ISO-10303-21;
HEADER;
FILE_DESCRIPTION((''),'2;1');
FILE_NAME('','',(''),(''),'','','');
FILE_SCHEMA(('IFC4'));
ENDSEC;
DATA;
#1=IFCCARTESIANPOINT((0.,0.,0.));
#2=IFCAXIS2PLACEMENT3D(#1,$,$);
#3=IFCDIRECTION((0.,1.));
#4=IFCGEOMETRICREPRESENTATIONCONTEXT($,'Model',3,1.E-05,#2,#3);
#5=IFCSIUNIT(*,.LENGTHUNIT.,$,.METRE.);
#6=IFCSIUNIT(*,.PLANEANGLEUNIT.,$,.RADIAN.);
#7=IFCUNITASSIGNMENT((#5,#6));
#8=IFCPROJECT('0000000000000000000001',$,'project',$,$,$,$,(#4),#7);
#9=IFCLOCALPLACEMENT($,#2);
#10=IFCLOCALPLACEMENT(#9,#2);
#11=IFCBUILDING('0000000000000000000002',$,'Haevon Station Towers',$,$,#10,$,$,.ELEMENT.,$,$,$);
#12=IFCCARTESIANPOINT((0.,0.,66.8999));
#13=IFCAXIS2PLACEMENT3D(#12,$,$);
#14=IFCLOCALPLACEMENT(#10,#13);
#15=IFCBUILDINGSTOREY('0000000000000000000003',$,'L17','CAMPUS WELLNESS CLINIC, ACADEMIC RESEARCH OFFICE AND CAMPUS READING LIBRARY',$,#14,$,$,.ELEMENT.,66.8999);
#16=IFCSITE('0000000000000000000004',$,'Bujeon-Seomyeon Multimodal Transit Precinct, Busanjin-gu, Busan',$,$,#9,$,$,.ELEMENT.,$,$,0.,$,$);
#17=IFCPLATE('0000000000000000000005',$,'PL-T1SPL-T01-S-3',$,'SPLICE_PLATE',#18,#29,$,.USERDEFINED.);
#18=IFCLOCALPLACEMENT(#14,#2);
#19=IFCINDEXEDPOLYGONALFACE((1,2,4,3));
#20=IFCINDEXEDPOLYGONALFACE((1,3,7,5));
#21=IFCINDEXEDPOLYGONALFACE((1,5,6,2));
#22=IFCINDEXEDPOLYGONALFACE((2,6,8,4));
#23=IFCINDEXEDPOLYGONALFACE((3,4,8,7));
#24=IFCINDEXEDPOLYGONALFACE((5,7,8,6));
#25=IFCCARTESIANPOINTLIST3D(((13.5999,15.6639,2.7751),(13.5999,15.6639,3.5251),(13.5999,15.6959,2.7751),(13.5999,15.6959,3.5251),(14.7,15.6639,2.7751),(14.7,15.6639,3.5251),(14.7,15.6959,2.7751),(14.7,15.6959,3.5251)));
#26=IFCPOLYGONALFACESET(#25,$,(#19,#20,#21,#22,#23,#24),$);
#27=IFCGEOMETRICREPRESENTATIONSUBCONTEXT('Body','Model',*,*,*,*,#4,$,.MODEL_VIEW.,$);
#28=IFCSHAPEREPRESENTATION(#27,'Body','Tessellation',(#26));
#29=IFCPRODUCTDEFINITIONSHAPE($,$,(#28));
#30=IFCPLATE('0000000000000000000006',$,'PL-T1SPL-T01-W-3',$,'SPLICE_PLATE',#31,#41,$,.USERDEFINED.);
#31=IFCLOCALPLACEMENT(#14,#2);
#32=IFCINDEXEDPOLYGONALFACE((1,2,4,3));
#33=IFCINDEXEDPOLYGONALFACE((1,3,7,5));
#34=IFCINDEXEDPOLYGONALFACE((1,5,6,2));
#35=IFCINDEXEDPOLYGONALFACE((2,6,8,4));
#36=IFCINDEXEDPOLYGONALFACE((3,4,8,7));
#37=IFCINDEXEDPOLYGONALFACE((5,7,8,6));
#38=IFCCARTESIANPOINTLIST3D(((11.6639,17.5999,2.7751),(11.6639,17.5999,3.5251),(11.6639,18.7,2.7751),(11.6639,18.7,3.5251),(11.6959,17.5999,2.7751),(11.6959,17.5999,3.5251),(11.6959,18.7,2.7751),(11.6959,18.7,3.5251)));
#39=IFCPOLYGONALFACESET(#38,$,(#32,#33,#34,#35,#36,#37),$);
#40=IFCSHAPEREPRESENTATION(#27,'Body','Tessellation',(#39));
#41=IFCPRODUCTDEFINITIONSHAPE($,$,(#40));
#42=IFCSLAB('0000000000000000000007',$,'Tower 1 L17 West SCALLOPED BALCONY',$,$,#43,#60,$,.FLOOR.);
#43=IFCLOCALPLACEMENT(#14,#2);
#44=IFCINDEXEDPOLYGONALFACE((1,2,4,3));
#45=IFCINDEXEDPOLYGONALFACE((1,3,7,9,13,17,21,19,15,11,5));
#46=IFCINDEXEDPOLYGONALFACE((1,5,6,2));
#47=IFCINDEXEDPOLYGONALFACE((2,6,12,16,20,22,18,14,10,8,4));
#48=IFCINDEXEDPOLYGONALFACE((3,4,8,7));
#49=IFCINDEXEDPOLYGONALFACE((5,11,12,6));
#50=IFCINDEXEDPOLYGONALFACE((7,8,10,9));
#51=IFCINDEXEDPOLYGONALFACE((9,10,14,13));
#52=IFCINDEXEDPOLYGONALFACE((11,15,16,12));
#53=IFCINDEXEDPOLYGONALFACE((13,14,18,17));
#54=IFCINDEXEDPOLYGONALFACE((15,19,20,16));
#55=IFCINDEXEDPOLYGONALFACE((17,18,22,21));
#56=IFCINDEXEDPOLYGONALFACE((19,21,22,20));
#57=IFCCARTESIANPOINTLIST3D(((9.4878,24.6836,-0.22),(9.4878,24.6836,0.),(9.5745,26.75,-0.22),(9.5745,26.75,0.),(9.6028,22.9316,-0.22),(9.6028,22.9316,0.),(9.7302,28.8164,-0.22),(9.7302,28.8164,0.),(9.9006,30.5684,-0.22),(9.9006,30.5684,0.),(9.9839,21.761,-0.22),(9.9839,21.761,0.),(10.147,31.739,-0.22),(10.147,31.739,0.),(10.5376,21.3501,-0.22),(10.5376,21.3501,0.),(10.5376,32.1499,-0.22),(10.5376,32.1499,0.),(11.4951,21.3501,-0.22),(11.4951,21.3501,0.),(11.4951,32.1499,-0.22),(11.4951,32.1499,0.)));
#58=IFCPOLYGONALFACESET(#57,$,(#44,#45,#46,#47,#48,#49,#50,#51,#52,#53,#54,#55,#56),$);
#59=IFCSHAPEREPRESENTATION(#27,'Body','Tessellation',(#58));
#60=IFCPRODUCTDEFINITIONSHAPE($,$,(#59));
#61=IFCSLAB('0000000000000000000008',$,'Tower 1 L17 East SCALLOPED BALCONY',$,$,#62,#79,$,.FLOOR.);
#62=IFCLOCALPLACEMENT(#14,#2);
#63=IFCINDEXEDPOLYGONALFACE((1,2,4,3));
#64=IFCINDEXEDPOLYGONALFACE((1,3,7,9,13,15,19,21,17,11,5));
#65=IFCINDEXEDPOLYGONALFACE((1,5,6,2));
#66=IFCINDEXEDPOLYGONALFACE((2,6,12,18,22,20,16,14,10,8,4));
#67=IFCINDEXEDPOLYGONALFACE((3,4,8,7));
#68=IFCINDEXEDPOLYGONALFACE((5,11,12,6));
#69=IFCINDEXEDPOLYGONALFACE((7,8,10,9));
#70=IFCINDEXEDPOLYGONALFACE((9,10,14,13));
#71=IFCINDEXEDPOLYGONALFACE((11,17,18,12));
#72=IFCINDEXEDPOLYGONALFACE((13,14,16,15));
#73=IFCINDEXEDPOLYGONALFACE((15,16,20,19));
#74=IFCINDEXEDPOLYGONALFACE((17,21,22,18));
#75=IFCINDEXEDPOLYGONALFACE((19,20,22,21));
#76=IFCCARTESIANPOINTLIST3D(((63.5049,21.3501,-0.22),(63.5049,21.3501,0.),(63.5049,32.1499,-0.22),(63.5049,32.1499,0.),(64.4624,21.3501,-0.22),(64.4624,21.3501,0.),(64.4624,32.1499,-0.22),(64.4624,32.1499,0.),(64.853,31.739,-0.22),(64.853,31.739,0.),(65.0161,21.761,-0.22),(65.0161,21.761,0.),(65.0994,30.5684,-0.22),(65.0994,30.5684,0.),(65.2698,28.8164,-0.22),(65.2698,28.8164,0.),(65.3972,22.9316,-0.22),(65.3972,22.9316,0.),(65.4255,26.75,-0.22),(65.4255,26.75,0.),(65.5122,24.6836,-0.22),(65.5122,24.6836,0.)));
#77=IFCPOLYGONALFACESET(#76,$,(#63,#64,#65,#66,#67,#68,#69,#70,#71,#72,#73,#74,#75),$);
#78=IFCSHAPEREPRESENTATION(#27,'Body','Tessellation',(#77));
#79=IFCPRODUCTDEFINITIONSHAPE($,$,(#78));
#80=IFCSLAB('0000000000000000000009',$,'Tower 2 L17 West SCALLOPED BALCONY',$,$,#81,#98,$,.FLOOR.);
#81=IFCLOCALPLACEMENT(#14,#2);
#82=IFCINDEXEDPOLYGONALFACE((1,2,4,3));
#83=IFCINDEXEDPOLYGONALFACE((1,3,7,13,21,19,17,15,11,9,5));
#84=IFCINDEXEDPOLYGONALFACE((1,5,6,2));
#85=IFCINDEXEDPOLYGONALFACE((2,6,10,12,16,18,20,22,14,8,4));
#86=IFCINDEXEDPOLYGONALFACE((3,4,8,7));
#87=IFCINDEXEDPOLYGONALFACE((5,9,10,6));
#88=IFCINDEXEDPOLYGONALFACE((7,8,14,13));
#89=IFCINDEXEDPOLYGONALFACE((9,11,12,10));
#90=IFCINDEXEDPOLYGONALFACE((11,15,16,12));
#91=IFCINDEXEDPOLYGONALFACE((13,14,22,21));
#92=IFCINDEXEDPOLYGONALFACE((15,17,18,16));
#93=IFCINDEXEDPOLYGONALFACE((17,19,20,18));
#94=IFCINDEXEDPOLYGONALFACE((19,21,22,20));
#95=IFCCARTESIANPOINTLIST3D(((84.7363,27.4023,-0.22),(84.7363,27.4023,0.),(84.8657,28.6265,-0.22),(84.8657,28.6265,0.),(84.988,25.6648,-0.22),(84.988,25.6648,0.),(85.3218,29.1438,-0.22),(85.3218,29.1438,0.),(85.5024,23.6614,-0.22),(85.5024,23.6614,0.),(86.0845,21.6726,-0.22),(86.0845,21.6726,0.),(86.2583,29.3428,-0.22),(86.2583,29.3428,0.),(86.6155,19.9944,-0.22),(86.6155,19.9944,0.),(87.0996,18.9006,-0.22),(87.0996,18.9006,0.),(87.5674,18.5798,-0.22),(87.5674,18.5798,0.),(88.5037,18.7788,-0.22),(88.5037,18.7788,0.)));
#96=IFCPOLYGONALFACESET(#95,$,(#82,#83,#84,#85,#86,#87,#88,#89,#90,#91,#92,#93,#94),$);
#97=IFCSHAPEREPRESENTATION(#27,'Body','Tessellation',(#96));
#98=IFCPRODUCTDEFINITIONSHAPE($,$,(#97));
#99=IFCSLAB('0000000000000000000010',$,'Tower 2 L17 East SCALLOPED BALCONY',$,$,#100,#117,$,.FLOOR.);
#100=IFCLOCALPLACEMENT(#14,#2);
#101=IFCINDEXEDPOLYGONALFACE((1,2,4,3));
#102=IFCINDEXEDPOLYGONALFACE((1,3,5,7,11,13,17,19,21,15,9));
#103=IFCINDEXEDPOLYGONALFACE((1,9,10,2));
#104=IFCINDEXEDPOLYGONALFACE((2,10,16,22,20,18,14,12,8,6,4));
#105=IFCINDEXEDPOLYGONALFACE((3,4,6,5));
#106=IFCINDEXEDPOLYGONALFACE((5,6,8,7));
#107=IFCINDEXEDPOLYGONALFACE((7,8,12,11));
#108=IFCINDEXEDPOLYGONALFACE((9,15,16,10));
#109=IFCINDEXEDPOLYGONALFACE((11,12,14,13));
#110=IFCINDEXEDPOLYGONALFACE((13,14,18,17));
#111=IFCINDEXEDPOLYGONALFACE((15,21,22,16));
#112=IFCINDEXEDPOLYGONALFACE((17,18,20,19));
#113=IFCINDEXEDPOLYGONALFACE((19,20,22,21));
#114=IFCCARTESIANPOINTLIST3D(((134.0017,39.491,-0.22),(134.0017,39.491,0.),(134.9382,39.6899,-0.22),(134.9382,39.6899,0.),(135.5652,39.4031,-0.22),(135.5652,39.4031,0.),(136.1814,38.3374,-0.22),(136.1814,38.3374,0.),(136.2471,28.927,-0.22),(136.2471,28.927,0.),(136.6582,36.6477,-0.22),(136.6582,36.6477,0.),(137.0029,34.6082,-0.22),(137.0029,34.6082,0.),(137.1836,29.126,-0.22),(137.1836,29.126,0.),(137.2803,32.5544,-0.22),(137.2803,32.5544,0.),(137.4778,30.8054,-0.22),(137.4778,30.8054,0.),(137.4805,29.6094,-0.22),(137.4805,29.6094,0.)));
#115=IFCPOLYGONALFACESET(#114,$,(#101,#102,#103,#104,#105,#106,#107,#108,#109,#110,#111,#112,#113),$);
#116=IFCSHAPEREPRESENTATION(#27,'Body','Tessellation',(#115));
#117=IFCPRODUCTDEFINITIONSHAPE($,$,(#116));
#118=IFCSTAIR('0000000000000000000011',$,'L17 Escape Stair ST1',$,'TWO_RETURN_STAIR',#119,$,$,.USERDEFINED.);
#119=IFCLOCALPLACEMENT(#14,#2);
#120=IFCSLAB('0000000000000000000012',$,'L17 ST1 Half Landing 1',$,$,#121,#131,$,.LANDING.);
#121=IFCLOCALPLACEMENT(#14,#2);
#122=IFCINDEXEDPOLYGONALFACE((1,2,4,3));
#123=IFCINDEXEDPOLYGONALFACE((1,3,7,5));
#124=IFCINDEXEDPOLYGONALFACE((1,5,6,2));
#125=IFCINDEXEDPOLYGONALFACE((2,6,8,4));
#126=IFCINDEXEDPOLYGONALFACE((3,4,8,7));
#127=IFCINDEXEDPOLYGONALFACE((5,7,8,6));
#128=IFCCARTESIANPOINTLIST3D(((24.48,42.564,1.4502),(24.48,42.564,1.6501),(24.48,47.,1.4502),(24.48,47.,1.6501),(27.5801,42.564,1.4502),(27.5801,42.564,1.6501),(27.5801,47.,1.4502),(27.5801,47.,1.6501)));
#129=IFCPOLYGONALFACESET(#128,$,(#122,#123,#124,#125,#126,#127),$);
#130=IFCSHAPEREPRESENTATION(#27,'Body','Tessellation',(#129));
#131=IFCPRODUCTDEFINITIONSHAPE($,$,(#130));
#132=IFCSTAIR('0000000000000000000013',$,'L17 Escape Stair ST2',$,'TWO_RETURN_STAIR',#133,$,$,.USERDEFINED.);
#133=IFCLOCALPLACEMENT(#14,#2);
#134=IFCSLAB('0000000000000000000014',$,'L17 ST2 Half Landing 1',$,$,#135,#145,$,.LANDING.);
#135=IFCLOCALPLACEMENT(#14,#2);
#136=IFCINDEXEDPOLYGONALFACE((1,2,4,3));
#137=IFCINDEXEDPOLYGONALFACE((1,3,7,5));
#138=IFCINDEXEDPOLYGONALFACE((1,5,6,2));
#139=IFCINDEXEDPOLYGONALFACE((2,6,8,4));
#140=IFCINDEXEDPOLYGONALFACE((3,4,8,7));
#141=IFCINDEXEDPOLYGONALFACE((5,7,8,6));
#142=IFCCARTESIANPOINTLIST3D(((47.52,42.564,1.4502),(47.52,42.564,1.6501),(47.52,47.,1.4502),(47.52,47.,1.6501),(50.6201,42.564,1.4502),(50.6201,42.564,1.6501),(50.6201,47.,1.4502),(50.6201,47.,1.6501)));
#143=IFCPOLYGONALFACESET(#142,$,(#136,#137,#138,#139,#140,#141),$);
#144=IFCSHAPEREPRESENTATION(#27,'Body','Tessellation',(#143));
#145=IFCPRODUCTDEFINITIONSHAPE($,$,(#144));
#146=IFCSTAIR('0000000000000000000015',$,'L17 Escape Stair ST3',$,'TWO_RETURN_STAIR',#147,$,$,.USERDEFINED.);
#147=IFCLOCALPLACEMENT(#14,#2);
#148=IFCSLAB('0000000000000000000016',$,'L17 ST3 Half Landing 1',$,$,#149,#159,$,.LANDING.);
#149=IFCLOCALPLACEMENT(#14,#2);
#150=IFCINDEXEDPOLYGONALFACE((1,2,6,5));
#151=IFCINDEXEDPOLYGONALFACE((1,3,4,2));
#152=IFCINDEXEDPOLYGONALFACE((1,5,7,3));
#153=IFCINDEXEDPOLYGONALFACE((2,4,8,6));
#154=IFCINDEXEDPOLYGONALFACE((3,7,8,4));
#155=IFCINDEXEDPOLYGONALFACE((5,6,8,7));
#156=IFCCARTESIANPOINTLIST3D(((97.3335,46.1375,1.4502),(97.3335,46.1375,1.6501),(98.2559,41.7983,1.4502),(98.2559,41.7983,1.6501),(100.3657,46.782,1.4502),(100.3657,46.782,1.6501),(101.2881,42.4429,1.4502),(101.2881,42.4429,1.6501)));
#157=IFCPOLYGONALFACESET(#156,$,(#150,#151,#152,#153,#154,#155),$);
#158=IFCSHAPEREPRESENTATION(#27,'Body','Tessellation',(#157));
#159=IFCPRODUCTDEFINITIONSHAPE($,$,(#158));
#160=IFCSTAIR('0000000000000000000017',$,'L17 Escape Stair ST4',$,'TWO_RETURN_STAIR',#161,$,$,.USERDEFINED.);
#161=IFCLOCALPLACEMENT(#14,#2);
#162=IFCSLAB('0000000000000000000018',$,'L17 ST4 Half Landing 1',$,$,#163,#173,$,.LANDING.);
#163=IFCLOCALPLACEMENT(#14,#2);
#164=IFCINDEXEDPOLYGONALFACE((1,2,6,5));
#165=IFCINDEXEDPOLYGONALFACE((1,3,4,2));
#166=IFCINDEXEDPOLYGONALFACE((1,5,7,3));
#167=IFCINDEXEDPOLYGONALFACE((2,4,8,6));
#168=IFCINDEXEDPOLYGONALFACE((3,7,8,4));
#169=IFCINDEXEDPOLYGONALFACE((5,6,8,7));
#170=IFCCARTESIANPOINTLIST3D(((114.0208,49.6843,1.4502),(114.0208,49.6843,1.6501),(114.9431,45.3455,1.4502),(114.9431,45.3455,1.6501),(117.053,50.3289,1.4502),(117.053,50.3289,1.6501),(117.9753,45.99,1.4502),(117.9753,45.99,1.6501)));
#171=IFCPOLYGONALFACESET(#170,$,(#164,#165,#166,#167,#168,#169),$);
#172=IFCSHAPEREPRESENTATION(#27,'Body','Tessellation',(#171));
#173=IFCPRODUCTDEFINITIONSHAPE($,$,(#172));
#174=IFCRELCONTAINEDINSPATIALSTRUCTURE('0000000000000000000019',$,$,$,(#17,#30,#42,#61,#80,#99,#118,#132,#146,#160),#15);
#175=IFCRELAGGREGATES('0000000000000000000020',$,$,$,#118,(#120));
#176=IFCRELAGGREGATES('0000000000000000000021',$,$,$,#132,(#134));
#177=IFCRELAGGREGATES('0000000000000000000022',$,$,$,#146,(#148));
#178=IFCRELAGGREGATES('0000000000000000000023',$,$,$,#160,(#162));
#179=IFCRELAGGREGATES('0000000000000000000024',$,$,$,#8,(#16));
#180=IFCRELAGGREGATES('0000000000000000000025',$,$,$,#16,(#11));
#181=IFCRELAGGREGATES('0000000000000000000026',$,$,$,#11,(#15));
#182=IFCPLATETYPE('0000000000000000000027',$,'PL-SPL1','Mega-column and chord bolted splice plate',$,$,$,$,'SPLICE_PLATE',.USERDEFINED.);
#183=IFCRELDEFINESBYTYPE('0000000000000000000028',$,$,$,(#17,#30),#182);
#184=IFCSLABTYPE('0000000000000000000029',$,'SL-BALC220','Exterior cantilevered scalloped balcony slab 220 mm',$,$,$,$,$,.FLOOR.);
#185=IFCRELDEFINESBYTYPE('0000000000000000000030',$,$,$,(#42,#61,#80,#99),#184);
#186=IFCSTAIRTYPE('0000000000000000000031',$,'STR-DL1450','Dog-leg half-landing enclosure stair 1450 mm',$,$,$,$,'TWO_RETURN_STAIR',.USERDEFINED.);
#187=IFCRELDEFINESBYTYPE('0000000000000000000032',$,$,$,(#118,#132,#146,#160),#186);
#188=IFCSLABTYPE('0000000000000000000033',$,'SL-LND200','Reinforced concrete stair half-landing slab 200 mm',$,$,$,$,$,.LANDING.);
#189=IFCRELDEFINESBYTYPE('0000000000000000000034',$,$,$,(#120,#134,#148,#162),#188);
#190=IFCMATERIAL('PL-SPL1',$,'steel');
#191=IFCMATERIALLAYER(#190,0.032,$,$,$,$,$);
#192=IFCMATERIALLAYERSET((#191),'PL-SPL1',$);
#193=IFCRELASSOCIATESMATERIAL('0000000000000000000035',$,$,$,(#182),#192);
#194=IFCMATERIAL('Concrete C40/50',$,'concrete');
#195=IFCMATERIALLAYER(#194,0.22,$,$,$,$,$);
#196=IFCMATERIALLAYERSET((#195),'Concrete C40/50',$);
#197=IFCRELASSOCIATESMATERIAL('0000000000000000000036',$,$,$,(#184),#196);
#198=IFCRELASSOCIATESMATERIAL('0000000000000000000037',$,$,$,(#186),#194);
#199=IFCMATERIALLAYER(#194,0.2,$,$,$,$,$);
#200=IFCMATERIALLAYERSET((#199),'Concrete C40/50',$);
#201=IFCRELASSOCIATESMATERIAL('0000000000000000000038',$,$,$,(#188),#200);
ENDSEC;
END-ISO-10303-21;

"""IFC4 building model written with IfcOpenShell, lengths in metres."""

from ifc_helpers import new_model, si_unit, direction, frame, origin, origin_2d, place, context, subcontext, project, spatial, polyline, rectangle, outline, extrude, material, layer, layer_set, type_object, element, aggregate, save


model = new_model("IFC4")

# Units and contexts
model_context = context("Model", 3, precision=1e-05, world=origin(), true_north=direction((0.0, 1.0)))
body_context = subcontext(model_context, "Body", "Model", "MODEL_VIEW")
ifc_project = project(units=[si_unit("LENGTHUNIT", "METRE"), si_unit("PLANEANGLEUNIT", "RADIAN")], contexts=[model_context])

# Site, building, storey
site_placement = place(None, origin())
site = spatial("IfcSite", under=ifc_project, at=site_placement, Name="Bujeon-Seomyeon Multimodal Transit Precinct, Busanjin-gu, Busan", CompositionType="ELEMENT", RefElevation=0.0)
building_placement = place(site_placement, origin())
building = spatial("IfcBuilding", under=site, at=building_placement, Name="Haevon Station Towers", CompositionType="ELEMENT")
storey_placement = place(building_placement, frame((0.0, 0.0, 66.8999)))
storey = spatial("IfcBuildingStorey", under=building, at=storey_placement, Name="L17", Description="CAMPUS WELLNESS CLINIC, ACADEMIC RESEARCH OFFICE AND CAMPUS READING LIBRARY", CompositionType="ELEMENT", Elevation=66.8999)

# Plates
ifc_material_1 = material(Name="PL-SPL1", Category="steel")
ifc_layer_1 = layer(ifc_material_1, 0.032)
ifc_layer_set_1 = layer_set([ifc_layer_1], Name="PL-SPL1")
plate_type_1 = type_object("IfcPlateType", Name="PL-SPL1", Description="Mega-column and chord bolted splice plate", ElementType="SPLICE_PLATE", PredefinedType="USERDEFINED", material=ifc_layer_set_1)
for number, where, z_axis, x_axis, name in (
    (1, (14.1499, 15.6799, 2.7751), (0.0, 0.0, 1.0), (1.0, 0.0, 0.0), "PL-T1SPL-T01-S-3"),
    (2, (11.6799, 18.1499, 2.7751), (0.0, 0.0, 1.0), (0.0, 1.0, 0.0), "PL-T1SPL-T01-W-3"),
):
    element("IfcPlate", number, at=place(storey_placement, frame(where, z_axis=z_axis, x_axis=x_axis)), inside=storey, type_object=plate_type_1, Name=name, ObjectType="SPLICE_PLATE", PredefinedType="USERDEFINED", context=body_context, shape_type="SweptSolid", body=[
        extrude(rectangle(XDim=1.1001, YDim=0.032, at=origin_2d()), origin(), (0.0, 0.0, 1.0), 0.75),
    ])

# Slabs
ifc_material_2 = material(Name="Concrete C40/50", Category="concrete")
ifc_layer_2 = layer(ifc_material_2, 0.22)
ifc_layer_set_2 = layer_set([ifc_layer_2], Name="Concrete C40/50")
slab_type_1 = type_object("IfcSlabType", Name="SL-BALC220", Description="Exterior cantilevered scalloped balcony slab 220 mm", PredefinedType="FLOOR", material=ifc_layer_set_2)
slab_1_placement = place(storey_placement, frame((0.0, 0.0, -0.22)))
element("IfcSlab", 3, at=slab_1_placement, inside=storey, type_object=slab_type_1, Name="Tower 1 L17 West SCALLOPED BALCONY", PredefinedType="FLOOR", context=body_context, shape_type="SweptSolid", body=[
    extrude(outline(polyline([(11.4951, 32.1499), (10.5376, 32.1499), (10.147, 31.739), (9.9006, 30.5684), (9.7302, 28.8164), (9.5745, 26.75), (9.4878, 24.6836), (9.6028, 22.9316), (9.9839, 21.761), (10.5376, 21.3501), (11.4951, 21.3501), (11.4951, 32.1499)])), origin(), (0.0, 0.0, 1.0), 0.22),
])
slab_2_placement = place(storey_placement, frame((0.0, 0.0, -0.22)))
element("IfcSlab", 4, at=slab_2_placement, inside=storey, type_object=slab_type_1, Name="Tower 1 L17 East SCALLOPED BALCONY", PredefinedType="FLOOR", context=body_context, shape_type="SweptSolid", body=[
    extrude(outline(polyline([(63.5049, 21.3501), (64.4624, 21.3501), (65.0161, 21.761), (65.3972, 22.9316), (65.5122, 24.6836), (65.4255, 26.75), (65.2698, 28.8164), (65.0994, 30.5684), (64.853, 31.739), (64.4624, 32.1499), (63.5049, 32.1499), (63.5049, 21.3501)])), origin(), (0.0, 0.0, 1.0), 0.22),
])
slab_3_placement = place(storey_placement, frame((0.0, 0.0, -0.22)))
element("IfcSlab", 5, at=slab_3_placement, inside=storey, type_object=slab_type_1, Name="Tower 2 L17 West SCALLOPED BALCONY", PredefinedType="FLOOR", context=body_context, shape_type="SweptSolid", body=[
    extrude(outline(polyline([(86.2583, 29.3428), (85.3218, 29.1438), (84.8657, 28.6265), (84.7363, 27.4023), (84.988, 25.6648), (85.5024, 23.6614), (86.0845, 21.6726), (86.6155, 19.9944), (87.0996, 18.9006), (87.5674, 18.5798), (88.5037, 18.7788), (86.2583, 29.3428)])), origin(), (0.0, 0.0, 1.0), 0.22),
])
slab_4_placement = place(storey_placement, frame((0.0, 0.0, -0.22)))
element("IfcSlab", 6, at=slab_4_placement, inside=storey, type_object=slab_type_1, Name="Tower 2 L17 East SCALLOPED BALCONY", PredefinedType="FLOOR", context=body_context, shape_type="SweptSolid", body=[
    extrude(outline(polyline([(136.2471, 28.927), (137.1836, 29.126), (137.4805, 29.6094), (137.4778, 30.8054), (137.2803, 32.5544), (137.0029, 34.6082), (136.6582, 36.6477), (136.1814, 38.3374), (135.5652, 39.4031), (134.9382, 39.6899), (134.0017, 39.491), (136.2471, 28.927)])), origin(), (0.0, 0.0, 1.0), 0.22),
])

# Stairs, slabs
stair_type = type_object("IfcStairType", Name="STR-DL1450", Description="Dog-leg half-landing enclosure stair 1450 mm", ElementType="TWO_RETURN_STAIR", PredefinedType="USERDEFINED", material=ifc_material_2)
stair_1_placement = place(storey_placement, origin())
stair_1 = element("IfcStair", 7, at=stair_1_placement, inside=storey, type_object=stair_type, Name="L17 Escape Stair ST1", ObjectType="TWO_RETURN_STAIR", PredefinedType="USERDEFINED")
ifc_layer_3 = layer(ifc_material_2, 0.2)
ifc_layer_set_3 = layer_set([ifc_layer_3], Name="Concrete C40/50")
slab_type_2 = type_object("IfcSlabType", Name="SL-LND200", Description="Reinforced concrete stair half-landing slab 200 mm", PredefinedType="LANDING", material=ifc_layer_set_3)
slab_5_placement = place(storey_placement, frame((0.0, 0.0, 1.4502)))
slab_5 = element("IfcSlab", 8, at=slab_5_placement, type_object=slab_type_2, Name="L17 ST1 Half Landing 1", PredefinedType="LANDING", context=body_context, shape_type="SweptSolid", body=[
    extrude(outline(polyline([(27.5801, 42.564), (27.5801, 47.0), (24.48, 47.0), (24.48, 42.564), (27.5801, 42.564)])), origin(), (0.0, 0.0, 1.0), 0.2),
])
aggregate(stair_1, [slab_5])
stair_2_placement = place(storey_placement, origin())
stair_2 = element("IfcStair", 9, at=stair_2_placement, inside=storey, type_object=stair_type, Name="L17 Escape Stair ST2", ObjectType="TWO_RETURN_STAIR", PredefinedType="USERDEFINED")
slab_6_placement = place(storey_placement, frame((0.0, 0.0, 1.4502)))
slab_6 = element("IfcSlab", 10, at=slab_6_placement, type_object=slab_type_2, Name="L17 ST2 Half Landing 1", PredefinedType="LANDING", context=body_context, shape_type="SweptSolid", body=[
    extrude(outline(polyline([(50.6201, 42.564), (50.6201, 47.0), (47.52, 47.0), (47.52, 42.564), (50.6201, 42.564)])), origin(), (0.0, 0.0, 1.0), 0.2),
])
aggregate(stair_2, [slab_6])
stair_3_placement = place(storey_placement, origin())
stair_3 = element("IfcStair", 11, at=stair_3_placement, inside=storey, type_object=stair_type, Name="L17 Escape Stair ST3", ObjectType="TWO_RETURN_STAIR", PredefinedType="USERDEFINED")
slab_7_placement = place(storey_placement, frame((0.0, 0.0, 1.4502)))
slab_7 = element("IfcSlab", 12, at=slab_7_placement, type_object=slab_type_2, Name="L17 ST3 Half Landing 1", PredefinedType="LANDING", context=body_context, shape_type="SweptSolid", body=[
    extrude(outline(polyline([(101.2881, 42.4429), (100.3657, 46.782), (97.3335, 46.1375), (98.2559, 41.7983), (101.2881, 42.4429)])), origin(), (0.0, 0.0, 1.0), 0.2),
])
aggregate(stair_3, [slab_7])
stair_4_placement = place(storey_placement, origin())
stair_4 = element("IfcStair", 13, at=stair_4_placement, inside=storey, type_object=stair_type, Name="L17 Escape Stair ST4", ObjectType="TWO_RETURN_STAIR", PredefinedType="USERDEFINED")
slab_8_placement = place(storey_placement, frame((0.0, 0.0, 1.4502)))
slab_8 = element("IfcSlab", 14, at=slab_8_placement, type_object=slab_type_2, Name="L17 ST4 Half Landing 1", PredefinedType="LANDING", context=body_context, shape_type="SweptSolid", body=[
    extrude(outline(polyline([(117.9753, 45.99), (117.053, 50.3289), (114.0208, 49.6843), (114.9431, 45.3455), (117.9753, 45.99)])), origin(), (0.0, 0.0, 1.0), 0.2),
])
aggregate(stair_4, [slab_8])

save(model, "model.ifc")
